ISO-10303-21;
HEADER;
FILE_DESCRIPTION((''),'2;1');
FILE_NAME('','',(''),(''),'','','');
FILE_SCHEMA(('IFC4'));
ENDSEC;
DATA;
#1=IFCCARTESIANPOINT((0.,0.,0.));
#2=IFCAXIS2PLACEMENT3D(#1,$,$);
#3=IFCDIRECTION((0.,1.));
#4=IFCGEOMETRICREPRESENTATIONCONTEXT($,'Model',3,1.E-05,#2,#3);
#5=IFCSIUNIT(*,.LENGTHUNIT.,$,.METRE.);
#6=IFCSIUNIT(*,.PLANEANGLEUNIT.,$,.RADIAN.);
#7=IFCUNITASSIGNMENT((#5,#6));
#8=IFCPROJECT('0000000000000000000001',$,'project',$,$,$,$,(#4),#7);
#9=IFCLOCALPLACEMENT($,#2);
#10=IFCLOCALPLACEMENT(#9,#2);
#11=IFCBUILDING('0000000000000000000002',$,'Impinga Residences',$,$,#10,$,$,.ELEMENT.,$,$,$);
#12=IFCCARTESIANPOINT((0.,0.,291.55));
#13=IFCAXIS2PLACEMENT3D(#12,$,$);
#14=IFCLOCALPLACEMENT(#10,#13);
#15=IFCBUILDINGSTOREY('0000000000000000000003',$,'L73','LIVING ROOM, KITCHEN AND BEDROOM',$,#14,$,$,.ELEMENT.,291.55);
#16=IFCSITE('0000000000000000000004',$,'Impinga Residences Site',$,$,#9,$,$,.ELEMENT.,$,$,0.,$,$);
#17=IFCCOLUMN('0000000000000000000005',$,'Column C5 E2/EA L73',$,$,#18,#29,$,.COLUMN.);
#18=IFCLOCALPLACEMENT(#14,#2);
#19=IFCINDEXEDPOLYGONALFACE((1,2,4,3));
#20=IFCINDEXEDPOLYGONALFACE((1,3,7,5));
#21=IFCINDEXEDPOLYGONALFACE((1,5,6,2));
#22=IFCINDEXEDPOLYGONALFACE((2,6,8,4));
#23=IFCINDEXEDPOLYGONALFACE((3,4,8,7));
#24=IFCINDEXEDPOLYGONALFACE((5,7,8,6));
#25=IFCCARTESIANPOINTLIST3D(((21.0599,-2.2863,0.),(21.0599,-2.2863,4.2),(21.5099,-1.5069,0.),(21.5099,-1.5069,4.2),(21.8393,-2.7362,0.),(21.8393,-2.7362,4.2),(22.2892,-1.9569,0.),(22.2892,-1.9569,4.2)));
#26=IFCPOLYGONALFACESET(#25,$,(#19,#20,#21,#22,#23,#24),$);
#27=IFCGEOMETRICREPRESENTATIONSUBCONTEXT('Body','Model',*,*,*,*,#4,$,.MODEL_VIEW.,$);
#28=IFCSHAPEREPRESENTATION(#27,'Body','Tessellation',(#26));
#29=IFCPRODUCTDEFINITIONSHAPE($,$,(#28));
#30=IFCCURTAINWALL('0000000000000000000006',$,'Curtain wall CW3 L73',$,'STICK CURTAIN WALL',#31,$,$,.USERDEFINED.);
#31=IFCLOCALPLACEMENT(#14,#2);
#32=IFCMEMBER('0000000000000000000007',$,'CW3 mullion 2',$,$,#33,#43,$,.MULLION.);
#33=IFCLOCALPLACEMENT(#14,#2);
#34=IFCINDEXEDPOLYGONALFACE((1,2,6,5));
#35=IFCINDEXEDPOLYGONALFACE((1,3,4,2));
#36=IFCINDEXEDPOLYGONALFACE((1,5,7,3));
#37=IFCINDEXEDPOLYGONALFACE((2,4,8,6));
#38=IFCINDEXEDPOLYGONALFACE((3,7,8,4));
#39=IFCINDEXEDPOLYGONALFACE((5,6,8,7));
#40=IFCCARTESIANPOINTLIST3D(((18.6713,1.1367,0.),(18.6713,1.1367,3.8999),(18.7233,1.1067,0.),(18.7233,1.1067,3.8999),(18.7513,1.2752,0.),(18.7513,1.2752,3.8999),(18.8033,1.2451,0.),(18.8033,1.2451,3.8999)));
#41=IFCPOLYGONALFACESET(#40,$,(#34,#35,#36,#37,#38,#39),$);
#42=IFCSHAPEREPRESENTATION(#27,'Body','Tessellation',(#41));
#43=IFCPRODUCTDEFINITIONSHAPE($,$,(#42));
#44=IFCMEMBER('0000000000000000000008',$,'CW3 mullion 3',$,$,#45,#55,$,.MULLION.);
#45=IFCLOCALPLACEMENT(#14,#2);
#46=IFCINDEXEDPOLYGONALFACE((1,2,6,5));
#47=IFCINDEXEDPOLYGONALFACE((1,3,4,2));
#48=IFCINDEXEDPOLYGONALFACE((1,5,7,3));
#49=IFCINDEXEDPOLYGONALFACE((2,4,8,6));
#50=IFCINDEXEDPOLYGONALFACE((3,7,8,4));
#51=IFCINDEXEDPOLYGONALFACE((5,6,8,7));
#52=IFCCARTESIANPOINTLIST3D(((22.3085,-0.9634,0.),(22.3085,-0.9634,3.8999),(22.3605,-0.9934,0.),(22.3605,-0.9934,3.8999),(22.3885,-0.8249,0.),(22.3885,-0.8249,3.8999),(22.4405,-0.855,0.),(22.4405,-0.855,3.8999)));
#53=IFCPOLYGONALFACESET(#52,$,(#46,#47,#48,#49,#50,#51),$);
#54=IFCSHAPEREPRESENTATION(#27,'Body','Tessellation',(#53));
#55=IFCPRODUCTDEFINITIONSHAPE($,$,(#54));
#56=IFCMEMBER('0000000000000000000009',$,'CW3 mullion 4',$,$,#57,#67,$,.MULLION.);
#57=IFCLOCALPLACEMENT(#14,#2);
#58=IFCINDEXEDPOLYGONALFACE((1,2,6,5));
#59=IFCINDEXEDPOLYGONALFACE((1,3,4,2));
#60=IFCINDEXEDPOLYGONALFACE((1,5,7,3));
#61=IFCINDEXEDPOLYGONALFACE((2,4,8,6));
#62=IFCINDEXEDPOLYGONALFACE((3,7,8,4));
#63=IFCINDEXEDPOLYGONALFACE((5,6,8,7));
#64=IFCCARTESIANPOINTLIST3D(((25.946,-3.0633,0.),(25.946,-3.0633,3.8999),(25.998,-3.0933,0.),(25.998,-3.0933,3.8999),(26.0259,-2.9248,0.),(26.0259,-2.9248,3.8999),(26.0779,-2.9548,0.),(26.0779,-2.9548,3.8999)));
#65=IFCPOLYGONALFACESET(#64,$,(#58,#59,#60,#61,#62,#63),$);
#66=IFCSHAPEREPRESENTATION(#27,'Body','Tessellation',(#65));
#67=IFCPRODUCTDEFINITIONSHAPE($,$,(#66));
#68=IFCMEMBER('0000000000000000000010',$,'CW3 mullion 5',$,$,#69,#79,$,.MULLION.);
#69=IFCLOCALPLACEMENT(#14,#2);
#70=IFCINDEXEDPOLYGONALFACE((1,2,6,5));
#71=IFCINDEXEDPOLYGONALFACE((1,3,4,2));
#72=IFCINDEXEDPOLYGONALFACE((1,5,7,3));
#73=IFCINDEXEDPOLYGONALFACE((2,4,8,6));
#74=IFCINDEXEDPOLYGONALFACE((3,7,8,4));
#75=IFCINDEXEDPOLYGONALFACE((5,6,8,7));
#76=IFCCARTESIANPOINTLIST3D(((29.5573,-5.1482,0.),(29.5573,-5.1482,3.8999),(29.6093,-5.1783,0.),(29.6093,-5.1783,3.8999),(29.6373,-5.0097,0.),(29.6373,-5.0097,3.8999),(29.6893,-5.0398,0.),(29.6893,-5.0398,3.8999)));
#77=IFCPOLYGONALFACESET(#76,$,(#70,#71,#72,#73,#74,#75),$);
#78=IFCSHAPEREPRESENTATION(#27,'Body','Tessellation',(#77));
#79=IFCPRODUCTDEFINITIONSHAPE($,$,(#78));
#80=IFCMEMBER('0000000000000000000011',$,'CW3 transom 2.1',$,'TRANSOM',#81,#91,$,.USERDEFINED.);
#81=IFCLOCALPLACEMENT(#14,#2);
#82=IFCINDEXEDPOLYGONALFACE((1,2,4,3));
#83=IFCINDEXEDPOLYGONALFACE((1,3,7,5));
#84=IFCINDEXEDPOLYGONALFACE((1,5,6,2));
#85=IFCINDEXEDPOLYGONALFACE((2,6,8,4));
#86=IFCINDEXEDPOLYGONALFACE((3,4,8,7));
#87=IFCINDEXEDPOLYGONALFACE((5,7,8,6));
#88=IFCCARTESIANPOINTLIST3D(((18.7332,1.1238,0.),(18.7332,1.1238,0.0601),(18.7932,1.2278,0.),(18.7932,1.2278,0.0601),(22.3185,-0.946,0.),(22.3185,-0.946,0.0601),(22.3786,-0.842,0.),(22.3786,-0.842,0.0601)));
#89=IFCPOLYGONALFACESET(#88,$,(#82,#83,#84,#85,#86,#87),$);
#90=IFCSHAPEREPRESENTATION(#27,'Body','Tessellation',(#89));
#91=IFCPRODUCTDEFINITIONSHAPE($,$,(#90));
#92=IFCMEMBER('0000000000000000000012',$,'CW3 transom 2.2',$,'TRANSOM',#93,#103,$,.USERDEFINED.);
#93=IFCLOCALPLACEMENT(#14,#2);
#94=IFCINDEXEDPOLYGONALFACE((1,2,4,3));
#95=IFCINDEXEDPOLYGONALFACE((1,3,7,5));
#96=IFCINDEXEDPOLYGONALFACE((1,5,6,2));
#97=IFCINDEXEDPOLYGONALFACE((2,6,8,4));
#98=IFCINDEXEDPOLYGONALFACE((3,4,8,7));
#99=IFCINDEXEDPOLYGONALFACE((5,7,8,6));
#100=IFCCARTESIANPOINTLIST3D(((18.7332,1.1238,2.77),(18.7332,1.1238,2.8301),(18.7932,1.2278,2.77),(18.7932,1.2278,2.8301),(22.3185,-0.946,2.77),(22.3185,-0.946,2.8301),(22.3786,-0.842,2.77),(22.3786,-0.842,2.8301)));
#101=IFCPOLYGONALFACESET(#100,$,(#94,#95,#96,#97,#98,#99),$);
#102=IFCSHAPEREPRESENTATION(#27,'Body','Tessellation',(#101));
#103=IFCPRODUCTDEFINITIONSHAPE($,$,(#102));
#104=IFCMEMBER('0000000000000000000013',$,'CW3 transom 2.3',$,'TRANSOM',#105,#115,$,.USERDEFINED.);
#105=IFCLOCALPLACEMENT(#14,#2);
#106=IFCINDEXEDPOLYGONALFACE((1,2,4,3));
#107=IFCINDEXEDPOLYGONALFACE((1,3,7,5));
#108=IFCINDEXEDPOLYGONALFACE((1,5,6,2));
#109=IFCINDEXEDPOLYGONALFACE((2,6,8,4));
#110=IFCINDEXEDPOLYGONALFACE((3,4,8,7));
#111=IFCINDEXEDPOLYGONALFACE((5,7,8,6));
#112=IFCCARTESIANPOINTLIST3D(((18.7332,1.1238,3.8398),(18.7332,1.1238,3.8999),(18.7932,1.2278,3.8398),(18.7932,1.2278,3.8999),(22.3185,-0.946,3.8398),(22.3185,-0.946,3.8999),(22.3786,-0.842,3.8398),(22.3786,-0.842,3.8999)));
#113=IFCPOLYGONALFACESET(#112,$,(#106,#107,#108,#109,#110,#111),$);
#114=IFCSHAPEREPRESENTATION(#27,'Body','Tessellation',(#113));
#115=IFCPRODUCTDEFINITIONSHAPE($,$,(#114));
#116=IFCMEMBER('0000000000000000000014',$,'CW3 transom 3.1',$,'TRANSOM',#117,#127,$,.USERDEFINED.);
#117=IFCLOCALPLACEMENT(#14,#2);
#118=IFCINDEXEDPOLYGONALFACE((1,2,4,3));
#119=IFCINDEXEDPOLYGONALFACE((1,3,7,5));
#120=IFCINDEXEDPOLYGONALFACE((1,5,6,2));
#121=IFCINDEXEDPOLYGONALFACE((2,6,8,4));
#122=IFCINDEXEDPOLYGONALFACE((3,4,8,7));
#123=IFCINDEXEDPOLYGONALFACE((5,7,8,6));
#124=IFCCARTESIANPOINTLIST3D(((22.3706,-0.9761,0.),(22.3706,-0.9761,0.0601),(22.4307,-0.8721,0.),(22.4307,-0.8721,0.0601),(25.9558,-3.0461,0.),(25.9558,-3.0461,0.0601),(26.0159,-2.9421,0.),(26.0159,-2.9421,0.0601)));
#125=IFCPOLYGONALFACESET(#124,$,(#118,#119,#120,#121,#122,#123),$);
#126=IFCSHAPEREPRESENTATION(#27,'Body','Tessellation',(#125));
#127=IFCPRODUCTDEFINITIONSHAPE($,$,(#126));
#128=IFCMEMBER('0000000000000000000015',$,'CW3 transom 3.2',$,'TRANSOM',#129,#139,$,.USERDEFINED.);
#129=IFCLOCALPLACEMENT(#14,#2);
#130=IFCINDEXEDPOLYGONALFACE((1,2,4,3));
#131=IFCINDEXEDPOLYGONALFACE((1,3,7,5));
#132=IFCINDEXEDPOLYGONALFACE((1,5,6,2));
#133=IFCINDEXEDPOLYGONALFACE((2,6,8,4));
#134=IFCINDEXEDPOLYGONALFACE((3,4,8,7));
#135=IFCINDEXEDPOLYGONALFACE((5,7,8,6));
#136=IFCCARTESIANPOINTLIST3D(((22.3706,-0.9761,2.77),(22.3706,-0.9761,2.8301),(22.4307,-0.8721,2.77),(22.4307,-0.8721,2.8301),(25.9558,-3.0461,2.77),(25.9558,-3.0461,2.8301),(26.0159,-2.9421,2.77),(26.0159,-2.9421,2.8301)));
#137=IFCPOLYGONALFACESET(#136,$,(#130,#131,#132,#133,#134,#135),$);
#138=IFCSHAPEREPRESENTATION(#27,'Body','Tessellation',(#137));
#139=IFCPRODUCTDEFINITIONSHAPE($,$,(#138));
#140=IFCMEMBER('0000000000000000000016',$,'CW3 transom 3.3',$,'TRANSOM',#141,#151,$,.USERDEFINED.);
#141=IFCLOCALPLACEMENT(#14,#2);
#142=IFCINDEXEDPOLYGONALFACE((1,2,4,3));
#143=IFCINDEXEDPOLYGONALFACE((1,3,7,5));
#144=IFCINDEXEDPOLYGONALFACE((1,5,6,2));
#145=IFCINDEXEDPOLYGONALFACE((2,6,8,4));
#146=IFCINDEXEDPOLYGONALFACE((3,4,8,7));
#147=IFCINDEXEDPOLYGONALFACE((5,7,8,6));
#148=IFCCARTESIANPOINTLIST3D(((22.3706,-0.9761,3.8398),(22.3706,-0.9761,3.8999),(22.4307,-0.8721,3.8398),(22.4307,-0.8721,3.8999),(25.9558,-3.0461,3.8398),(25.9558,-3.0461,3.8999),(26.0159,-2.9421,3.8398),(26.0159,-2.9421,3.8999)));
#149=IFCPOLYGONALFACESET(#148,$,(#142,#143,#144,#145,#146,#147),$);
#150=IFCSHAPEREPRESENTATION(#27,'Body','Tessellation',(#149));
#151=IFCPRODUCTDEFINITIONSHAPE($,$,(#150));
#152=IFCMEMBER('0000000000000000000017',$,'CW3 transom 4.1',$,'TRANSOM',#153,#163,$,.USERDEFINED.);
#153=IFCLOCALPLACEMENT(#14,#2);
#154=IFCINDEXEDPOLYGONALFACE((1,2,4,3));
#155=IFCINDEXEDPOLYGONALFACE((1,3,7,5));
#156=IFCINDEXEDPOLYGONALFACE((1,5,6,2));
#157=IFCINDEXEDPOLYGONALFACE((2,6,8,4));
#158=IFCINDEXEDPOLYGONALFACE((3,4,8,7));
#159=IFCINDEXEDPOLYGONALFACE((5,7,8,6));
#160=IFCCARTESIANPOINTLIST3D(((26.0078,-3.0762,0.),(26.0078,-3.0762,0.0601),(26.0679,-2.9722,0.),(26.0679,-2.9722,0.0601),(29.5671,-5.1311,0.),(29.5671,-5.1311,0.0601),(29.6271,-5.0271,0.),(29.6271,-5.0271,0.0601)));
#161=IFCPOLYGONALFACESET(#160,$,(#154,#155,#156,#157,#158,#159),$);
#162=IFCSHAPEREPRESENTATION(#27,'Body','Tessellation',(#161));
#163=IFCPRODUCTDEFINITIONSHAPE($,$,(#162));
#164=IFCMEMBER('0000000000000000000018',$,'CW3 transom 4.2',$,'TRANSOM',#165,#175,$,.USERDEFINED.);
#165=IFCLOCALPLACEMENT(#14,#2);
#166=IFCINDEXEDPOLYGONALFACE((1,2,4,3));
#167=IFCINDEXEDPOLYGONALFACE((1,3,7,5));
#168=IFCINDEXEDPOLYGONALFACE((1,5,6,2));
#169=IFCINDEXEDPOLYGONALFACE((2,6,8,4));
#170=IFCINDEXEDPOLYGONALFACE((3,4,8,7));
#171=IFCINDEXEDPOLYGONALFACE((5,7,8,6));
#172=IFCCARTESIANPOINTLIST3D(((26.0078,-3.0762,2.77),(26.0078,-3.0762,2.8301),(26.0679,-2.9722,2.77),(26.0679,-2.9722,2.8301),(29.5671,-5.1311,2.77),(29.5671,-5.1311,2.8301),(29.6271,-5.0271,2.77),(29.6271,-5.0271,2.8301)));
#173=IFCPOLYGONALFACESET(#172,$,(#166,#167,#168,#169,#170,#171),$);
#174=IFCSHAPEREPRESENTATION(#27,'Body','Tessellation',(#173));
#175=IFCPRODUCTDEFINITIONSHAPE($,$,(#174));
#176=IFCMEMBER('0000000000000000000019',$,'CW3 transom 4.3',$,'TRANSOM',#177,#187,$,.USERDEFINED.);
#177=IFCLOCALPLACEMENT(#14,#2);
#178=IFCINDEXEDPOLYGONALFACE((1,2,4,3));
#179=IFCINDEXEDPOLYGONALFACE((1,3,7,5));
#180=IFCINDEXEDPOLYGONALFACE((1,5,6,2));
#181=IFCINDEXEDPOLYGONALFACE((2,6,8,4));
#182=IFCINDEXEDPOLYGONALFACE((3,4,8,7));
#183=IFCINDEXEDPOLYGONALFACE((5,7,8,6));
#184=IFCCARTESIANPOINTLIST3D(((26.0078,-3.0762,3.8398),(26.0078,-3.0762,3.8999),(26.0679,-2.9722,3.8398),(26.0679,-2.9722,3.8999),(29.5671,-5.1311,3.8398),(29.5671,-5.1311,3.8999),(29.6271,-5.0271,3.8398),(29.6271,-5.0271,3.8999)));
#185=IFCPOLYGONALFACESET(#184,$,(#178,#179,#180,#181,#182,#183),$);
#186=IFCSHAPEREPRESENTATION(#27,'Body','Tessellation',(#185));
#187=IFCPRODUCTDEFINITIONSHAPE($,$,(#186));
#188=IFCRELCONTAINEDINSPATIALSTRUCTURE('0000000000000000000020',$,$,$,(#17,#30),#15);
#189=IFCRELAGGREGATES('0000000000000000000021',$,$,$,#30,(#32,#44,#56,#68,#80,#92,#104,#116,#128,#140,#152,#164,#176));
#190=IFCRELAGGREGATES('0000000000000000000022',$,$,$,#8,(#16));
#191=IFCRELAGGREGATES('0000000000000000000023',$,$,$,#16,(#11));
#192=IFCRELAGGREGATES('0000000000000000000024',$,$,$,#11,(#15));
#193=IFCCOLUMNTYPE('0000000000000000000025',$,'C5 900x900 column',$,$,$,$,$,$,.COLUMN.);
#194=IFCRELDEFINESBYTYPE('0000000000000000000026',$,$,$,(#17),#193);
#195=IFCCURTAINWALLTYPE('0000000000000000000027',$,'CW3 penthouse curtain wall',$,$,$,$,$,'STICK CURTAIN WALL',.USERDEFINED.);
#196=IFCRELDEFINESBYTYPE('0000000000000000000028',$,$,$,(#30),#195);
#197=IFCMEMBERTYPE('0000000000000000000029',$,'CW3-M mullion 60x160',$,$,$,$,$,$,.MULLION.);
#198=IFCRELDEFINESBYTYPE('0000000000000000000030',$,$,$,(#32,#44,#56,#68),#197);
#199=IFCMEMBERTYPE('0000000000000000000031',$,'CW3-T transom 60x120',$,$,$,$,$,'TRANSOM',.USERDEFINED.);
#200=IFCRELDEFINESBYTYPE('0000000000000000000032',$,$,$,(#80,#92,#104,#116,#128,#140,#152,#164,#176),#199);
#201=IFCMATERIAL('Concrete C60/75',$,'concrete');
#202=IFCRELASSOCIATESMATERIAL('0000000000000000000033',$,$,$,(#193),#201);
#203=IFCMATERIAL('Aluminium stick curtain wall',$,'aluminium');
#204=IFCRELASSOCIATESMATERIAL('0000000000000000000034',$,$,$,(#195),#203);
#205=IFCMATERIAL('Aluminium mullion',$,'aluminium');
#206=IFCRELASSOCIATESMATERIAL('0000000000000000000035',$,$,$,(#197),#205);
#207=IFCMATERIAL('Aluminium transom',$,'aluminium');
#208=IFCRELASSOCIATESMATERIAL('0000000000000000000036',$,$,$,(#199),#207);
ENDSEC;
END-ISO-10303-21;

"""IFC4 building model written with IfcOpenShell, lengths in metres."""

from ifc_helpers import new_model, si_unit, direction, frame, origin, origin_2d, place, context, subcontext, project, spatial, rectangle, extrude, material, material_profile, profile_set, type_object, element, aggregate, save


model = new_model("IFC4")

# Units and contexts
model_context = context("Model", 3, precision=1e-05, world=origin(), true_north=direction((0.0, 1.0)))
body_context = subcontext(model_context, "Body", "Model", "MODEL_VIEW")
ifc_project = project(units=[si_unit("LENGTHUNIT", "METRE"), si_unit("PLANEANGLEUNIT", "RADIAN")], contexts=[model_context])

# Site, building, storey
site_placement = place(None, origin())
site = spatial("IfcSite", under=ifc_project, at=site_placement, Name="Impinga Residences Site", CompositionType="ELEMENT", RefElevation=0.0)
building_placement = place(site_placement, origin())
building = spatial("IfcBuilding", under=site, at=building_placement, Name="Impinga Residences", CompositionType="ELEMENT")
storey_placement = place(building_placement, frame((0.0, 0.0, 291.55)))
storey = spatial("IfcBuildingStorey", under=building, at=storey_placement, Name="L73", Description="LIVING ROOM, KITCHEN AND BEDROOM", CompositionType="ELEMENT", Elevation=291.55)

# Column
ifc_material_1 = material(Name="Concrete C60/75", Category="concrete")
ifc_material_profile_1 = material_profile(ifc_material_1, rectangle(XDim=0.8999, YDim=0.8999, at=origin_2d()), Name="RC 900x900")
ifc_profile_set_1 = profile_set([ifc_material_profile_1], Name="Concrete C60/75")
column_type = type_object("IfcColumnType", Name="C5 900x900 column", PredefinedType="COLUMN", material=ifc_profile_set_1)
column_placement = place(storey_placement, frame((21.6746, -2.1216, 0.0), z_axis=(0.0, 0.0, 1.0), x_axis=(-0.5, -0.866025, 0.0)))
element("IfcColumn", 1, at=column_placement, inside=storey, type_object=column_type, Name="Column C5 E2/EA L73", PredefinedType="COLUMN", context=body_context, shape_type="SweptSolid", body=[
    extrude(rectangle(XDim=0.8999, YDim=0.8999, at=origin_2d()), origin(), (0.0, 0.0, 1.0), 4.2),
])

# Curtain wall, members
ifc_material_2 = material(Name="Aluminium stick curtain wall", Category="aluminium")
curtain_wall_type = type_object("IfcCurtainWallType", Name="CW3 penthouse curtain wall", ElementType="STICK CURTAIN WALL", PredefinedType="USERDEFINED", material=ifc_material_2)
curtain_wall_placement = place(storey_placement, origin())
curtain_wall = element("IfcCurtainWall", 2, at=curtain_wall_placement, inside=storey, type_object=curtain_wall_type, Name="Curtain wall CW3 L73", ObjectType="STICK CURTAIN WALL", PredefinedType="USERDEFINED")
ifc_material_3 = material(Name="Aluminium mullion", Category="aluminium")
ifc_material_profile_2 = material_profile(ifc_material_3, rectangle(XDim=0.0601, YDim=0.1599, at=origin_2d()), Name="60x160 mullion")
ifc_profile_set_2 = profile_set([ifc_material_profile_2], Name="Aluminium mullion")
member_type_1 = type_object("IfcMemberType", Name="CW3-M mullion 60x160", PredefinedType="MULLION", material=ifc_profile_set_2)
member_1_placement = place(storey_placement, frame((18.7373, 1.1909, 0.0), z_axis=(0.0, 0.0, 1.0), x_axis=(0.866025, -0.5, 0.0)))
member_1 = element("IfcMember", 3, at=member_1_placement, type_object=member_type_1, Name="CW3 mullion 2", PredefinedType="MULLION", context=body_context, shape_type="SweptSolid", body=[
    extrude(rectangle(XDim=0.0601, YDim=0.1599, at=origin_2d()), origin(), (0.0, 0.0, 1.0), 3.8999),
])
member_2_placement = place(storey_placement, frame((22.3745, -0.9092, 0.0), z_axis=(0.0, 0.0, 1.0), x_axis=(0.866025, -0.5, 0.0)))
member_2 = element("IfcMember", 4, at=member_2_placement, type_object=member_type_1, Name="CW3 mullion 3", PredefinedType="MULLION", context=body_context, shape_type="SweptSolid", body=[
    extrude(rectangle(XDim=0.0601, YDim=0.1599, at=origin_2d()), origin(), (0.0, 0.0, 1.0), 3.8999),
])
member_3_placement = place(storey_placement, frame((26.012, -3.009, 0.0), z_axis=(0.0, 0.0, 1.0), x_axis=(0.866025, -0.5, 0.0)))
member_3 = element("IfcMember", 5, at=member_3_placement, type_object=member_type_1, Name="CW3 mullion 4", PredefinedType="MULLION", context=body_context, shape_type="SweptSolid", body=[
    extrude(rectangle(XDim=0.0601, YDim=0.1599, at=origin_2d()), origin(), (0.0, 0.0, 1.0), 3.8999),
])
member_4_placement = place(storey_placement, frame((29.6233, -5.094, 0.0), z_axis=(0.0, 0.0, 1.0), x_axis=(0.866025, -0.5, 0.0)))
member_4 = element("IfcMember", 6, at=member_4_placement, type_object=member_type_1, Name="CW3 mullion 5", PredefinedType="MULLION", context=body_context, shape_type="SweptSolid", body=[
    extrude(rectangle(XDim=0.0601, YDim=0.1599, at=origin_2d()), origin(), (0.0, 0.0, 1.0), 3.8999),
])
ifc_material_4 = material(Name="Aluminium transom", Category="aluminium")
ifc_material_profile_3 = material_profile(ifc_material_4, rectangle(XDim=0.0601, YDim=0.1201, at=origin_2d()), Name="60x120 transom")
ifc_profile_set_3 = profile_set([ifc_material_profile_3], Name="Aluminium transom")
member_type_2 = type_object("IfcMemberType", Name="CW3-T transom 60x120", ElementType="TRANSOM", PredefinedType="USERDEFINED", material=ifc_profile_set_3)
member_5_placement = place(storey_placement, frame((18.7632, 1.1758, 0.03), z_axis=(0.86605, -0.499957, 0.0), x_axis=(0.0, 0.0, 1.0)))
member_5 = element("IfcMember", 7, at=member_5_placement, type_object=member_type_2, Name="CW3 transom 2.1", ObjectType="TRANSOM", PredefinedType="USERDEFINED", context=body_context, shape_type="SweptSolid", body=[
    extrude(rectangle(XDim=0.0601, YDim=0.1201, at=origin_2d()), origin(), (0.0, 0.0, 1.0), 4.1399),
])
member_6_placement = place(storey_placement, frame((18.7632, 1.1758, 2.8), z_axis=(0.86605, -0.499957, 0.0), x_axis=(0.0, 0.0, 1.0)))
member_6 = element("IfcMember", 8, at=member_6_placement, type_object=member_type_2, Name="CW3 transom 2.2", ObjectType="TRANSOM", PredefinedType="USERDEFINED", context=body_context, shape_type="SweptSolid", body=[
    extrude(rectangle(XDim=0.0601, YDim=0.1201, at=origin_2d()), origin(), (0.0, 0.0, 1.0), 4.1399),
])
member_7_placement = place(storey_placement, frame((18.7632, 1.1758, 3.8699), z_axis=(0.86605, -0.499957, 0.0), x_axis=(0.0, 0.0, 1.0)))
member_7 = element("IfcMember", 9, at=member_7_placement, type_object=member_type_2, Name="CW3 transom 2.3", ObjectType="TRANSOM", PredefinedType="USERDEFINED", context=body_context, shape_type="SweptSolid", body=[
    extrude(rectangle(XDim=0.0601, YDim=0.1201, at=origin_2d()), origin(), (0.0, 0.0, 1.0), 4.1399),
])
member_8_placement = place(storey_placement, frame((22.4006, -0.9241, 0.03), z_axis=(0.86601, -0.500027, 0.0), x_axis=(0.0, 0.0, 1.0)))
member_8 = element("IfcMember", 10, at=member_8_placement, type_object=member_type_2, Name="CW3 transom 3.1", ObjectType="TRANSOM", PredefinedType="USERDEFINED", context=body_context, shape_type="SweptSolid", body=[
    extrude(rectangle(XDim=0.0601, YDim=0.1201, at=origin_2d()), origin(), (0.0, 0.0, 1.0), 4.1399),
])
member_9_placement = place(storey_placement, frame((22.4006, -0.9241, 2.8), z_axis=(0.86601, -0.500027, 0.0), x_axis=(0.0, 0.0, 1.0)))
member_9 = element("IfcMember", 11, at=member_9_placement, type_object=member_type_2, Name="CW3 transom 3.2", ObjectType="TRANSOM", PredefinedType="USERDEFINED", context=body_context, shape_type="SweptSolid", body=[
    extrude(rectangle(XDim=0.0601, YDim=0.1201, at=origin_2d()), origin(), (0.0, 0.0, 1.0), 4.1399),
])
member_10_placement = place(storey_placement, frame((22.4006, -0.9241, 3.8699), z_axis=(0.86601, -0.500027, 0.0), x_axis=(0.0, 0.0, 1.0)))
member_10 = element("IfcMember", 12, at=member_10_placement, type_object=member_type_2, Name="CW3 transom 3.3", ObjectType="TRANSOM", PredefinedType="USERDEFINED", context=body_context, shape_type="SweptSolid", body=[
    extrude(rectangle(XDim=0.0601, YDim=0.1201, at=origin_2d()), origin(), (0.0, 0.0, 1.0), 4.1399),
])
member_11_placement = place(storey_placement, frame((26.0378, -3.0242, 0.03), z_axis=(0.86603, -0.499992, 0.0), x_axis=(0.0, 0.0, 1.0)))
member_11 = element("IfcMember", 13, at=member_11_placement, type_object=member_type_2, Name="CW3 transom 4.1", ObjectType="TRANSOM", PredefinedType="USERDEFINED", context=body_context, shape_type="SweptSolid", body=[
    extrude(rectangle(XDim=0.0601, YDim=0.1201, at=origin_2d()), origin(), (0.0, 0.0, 1.0), 4.1099),
])
member_12_placement = place(storey_placement, frame((26.0378, -3.0242, 2.8), z_axis=(0.86603, -0.499992, 0.0), x_axis=(0.0, 0.0, 1.0)))
member_12 = element("IfcMember", 14, at=member_12_placement, type_object=member_type_2, Name="CW3 transom 4.2", ObjectType="TRANSOM", PredefinedType="USERDEFINED", context=body_context, shape_type="SweptSolid", body=[
    extrude(rectangle(XDim=0.0601, YDim=0.1201, at=origin_2d()), origin(), (0.0, 0.0, 1.0), 4.1099),
])
member_13_placement = place(storey_placement, frame((26.0378, -3.0242, 3.8699), z_axis=(0.86603, -0.499992, 0.0), x_axis=(0.0, 0.0, 1.0)))
member_13 = element("IfcMember", 15, at=member_13_placement, type_object=member_type_2, Name="CW3 transom 4.3", ObjectType="TRANSOM", PredefinedType="USERDEFINED", context=body_context, shape_type="SweptSolid", body=[
    extrude(rectangle(XDim=0.0601, YDim=0.1201, at=origin_2d()), origin(), (0.0, 0.0, 1.0), 4.1099),
])

aggregate(curtain_wall, [member_1, member_2, member_3, member_4, member_5, member_6, member_7, member_8, member_9, member_10, member_11, member_12, member_13])

save(model, "model.ifc")
